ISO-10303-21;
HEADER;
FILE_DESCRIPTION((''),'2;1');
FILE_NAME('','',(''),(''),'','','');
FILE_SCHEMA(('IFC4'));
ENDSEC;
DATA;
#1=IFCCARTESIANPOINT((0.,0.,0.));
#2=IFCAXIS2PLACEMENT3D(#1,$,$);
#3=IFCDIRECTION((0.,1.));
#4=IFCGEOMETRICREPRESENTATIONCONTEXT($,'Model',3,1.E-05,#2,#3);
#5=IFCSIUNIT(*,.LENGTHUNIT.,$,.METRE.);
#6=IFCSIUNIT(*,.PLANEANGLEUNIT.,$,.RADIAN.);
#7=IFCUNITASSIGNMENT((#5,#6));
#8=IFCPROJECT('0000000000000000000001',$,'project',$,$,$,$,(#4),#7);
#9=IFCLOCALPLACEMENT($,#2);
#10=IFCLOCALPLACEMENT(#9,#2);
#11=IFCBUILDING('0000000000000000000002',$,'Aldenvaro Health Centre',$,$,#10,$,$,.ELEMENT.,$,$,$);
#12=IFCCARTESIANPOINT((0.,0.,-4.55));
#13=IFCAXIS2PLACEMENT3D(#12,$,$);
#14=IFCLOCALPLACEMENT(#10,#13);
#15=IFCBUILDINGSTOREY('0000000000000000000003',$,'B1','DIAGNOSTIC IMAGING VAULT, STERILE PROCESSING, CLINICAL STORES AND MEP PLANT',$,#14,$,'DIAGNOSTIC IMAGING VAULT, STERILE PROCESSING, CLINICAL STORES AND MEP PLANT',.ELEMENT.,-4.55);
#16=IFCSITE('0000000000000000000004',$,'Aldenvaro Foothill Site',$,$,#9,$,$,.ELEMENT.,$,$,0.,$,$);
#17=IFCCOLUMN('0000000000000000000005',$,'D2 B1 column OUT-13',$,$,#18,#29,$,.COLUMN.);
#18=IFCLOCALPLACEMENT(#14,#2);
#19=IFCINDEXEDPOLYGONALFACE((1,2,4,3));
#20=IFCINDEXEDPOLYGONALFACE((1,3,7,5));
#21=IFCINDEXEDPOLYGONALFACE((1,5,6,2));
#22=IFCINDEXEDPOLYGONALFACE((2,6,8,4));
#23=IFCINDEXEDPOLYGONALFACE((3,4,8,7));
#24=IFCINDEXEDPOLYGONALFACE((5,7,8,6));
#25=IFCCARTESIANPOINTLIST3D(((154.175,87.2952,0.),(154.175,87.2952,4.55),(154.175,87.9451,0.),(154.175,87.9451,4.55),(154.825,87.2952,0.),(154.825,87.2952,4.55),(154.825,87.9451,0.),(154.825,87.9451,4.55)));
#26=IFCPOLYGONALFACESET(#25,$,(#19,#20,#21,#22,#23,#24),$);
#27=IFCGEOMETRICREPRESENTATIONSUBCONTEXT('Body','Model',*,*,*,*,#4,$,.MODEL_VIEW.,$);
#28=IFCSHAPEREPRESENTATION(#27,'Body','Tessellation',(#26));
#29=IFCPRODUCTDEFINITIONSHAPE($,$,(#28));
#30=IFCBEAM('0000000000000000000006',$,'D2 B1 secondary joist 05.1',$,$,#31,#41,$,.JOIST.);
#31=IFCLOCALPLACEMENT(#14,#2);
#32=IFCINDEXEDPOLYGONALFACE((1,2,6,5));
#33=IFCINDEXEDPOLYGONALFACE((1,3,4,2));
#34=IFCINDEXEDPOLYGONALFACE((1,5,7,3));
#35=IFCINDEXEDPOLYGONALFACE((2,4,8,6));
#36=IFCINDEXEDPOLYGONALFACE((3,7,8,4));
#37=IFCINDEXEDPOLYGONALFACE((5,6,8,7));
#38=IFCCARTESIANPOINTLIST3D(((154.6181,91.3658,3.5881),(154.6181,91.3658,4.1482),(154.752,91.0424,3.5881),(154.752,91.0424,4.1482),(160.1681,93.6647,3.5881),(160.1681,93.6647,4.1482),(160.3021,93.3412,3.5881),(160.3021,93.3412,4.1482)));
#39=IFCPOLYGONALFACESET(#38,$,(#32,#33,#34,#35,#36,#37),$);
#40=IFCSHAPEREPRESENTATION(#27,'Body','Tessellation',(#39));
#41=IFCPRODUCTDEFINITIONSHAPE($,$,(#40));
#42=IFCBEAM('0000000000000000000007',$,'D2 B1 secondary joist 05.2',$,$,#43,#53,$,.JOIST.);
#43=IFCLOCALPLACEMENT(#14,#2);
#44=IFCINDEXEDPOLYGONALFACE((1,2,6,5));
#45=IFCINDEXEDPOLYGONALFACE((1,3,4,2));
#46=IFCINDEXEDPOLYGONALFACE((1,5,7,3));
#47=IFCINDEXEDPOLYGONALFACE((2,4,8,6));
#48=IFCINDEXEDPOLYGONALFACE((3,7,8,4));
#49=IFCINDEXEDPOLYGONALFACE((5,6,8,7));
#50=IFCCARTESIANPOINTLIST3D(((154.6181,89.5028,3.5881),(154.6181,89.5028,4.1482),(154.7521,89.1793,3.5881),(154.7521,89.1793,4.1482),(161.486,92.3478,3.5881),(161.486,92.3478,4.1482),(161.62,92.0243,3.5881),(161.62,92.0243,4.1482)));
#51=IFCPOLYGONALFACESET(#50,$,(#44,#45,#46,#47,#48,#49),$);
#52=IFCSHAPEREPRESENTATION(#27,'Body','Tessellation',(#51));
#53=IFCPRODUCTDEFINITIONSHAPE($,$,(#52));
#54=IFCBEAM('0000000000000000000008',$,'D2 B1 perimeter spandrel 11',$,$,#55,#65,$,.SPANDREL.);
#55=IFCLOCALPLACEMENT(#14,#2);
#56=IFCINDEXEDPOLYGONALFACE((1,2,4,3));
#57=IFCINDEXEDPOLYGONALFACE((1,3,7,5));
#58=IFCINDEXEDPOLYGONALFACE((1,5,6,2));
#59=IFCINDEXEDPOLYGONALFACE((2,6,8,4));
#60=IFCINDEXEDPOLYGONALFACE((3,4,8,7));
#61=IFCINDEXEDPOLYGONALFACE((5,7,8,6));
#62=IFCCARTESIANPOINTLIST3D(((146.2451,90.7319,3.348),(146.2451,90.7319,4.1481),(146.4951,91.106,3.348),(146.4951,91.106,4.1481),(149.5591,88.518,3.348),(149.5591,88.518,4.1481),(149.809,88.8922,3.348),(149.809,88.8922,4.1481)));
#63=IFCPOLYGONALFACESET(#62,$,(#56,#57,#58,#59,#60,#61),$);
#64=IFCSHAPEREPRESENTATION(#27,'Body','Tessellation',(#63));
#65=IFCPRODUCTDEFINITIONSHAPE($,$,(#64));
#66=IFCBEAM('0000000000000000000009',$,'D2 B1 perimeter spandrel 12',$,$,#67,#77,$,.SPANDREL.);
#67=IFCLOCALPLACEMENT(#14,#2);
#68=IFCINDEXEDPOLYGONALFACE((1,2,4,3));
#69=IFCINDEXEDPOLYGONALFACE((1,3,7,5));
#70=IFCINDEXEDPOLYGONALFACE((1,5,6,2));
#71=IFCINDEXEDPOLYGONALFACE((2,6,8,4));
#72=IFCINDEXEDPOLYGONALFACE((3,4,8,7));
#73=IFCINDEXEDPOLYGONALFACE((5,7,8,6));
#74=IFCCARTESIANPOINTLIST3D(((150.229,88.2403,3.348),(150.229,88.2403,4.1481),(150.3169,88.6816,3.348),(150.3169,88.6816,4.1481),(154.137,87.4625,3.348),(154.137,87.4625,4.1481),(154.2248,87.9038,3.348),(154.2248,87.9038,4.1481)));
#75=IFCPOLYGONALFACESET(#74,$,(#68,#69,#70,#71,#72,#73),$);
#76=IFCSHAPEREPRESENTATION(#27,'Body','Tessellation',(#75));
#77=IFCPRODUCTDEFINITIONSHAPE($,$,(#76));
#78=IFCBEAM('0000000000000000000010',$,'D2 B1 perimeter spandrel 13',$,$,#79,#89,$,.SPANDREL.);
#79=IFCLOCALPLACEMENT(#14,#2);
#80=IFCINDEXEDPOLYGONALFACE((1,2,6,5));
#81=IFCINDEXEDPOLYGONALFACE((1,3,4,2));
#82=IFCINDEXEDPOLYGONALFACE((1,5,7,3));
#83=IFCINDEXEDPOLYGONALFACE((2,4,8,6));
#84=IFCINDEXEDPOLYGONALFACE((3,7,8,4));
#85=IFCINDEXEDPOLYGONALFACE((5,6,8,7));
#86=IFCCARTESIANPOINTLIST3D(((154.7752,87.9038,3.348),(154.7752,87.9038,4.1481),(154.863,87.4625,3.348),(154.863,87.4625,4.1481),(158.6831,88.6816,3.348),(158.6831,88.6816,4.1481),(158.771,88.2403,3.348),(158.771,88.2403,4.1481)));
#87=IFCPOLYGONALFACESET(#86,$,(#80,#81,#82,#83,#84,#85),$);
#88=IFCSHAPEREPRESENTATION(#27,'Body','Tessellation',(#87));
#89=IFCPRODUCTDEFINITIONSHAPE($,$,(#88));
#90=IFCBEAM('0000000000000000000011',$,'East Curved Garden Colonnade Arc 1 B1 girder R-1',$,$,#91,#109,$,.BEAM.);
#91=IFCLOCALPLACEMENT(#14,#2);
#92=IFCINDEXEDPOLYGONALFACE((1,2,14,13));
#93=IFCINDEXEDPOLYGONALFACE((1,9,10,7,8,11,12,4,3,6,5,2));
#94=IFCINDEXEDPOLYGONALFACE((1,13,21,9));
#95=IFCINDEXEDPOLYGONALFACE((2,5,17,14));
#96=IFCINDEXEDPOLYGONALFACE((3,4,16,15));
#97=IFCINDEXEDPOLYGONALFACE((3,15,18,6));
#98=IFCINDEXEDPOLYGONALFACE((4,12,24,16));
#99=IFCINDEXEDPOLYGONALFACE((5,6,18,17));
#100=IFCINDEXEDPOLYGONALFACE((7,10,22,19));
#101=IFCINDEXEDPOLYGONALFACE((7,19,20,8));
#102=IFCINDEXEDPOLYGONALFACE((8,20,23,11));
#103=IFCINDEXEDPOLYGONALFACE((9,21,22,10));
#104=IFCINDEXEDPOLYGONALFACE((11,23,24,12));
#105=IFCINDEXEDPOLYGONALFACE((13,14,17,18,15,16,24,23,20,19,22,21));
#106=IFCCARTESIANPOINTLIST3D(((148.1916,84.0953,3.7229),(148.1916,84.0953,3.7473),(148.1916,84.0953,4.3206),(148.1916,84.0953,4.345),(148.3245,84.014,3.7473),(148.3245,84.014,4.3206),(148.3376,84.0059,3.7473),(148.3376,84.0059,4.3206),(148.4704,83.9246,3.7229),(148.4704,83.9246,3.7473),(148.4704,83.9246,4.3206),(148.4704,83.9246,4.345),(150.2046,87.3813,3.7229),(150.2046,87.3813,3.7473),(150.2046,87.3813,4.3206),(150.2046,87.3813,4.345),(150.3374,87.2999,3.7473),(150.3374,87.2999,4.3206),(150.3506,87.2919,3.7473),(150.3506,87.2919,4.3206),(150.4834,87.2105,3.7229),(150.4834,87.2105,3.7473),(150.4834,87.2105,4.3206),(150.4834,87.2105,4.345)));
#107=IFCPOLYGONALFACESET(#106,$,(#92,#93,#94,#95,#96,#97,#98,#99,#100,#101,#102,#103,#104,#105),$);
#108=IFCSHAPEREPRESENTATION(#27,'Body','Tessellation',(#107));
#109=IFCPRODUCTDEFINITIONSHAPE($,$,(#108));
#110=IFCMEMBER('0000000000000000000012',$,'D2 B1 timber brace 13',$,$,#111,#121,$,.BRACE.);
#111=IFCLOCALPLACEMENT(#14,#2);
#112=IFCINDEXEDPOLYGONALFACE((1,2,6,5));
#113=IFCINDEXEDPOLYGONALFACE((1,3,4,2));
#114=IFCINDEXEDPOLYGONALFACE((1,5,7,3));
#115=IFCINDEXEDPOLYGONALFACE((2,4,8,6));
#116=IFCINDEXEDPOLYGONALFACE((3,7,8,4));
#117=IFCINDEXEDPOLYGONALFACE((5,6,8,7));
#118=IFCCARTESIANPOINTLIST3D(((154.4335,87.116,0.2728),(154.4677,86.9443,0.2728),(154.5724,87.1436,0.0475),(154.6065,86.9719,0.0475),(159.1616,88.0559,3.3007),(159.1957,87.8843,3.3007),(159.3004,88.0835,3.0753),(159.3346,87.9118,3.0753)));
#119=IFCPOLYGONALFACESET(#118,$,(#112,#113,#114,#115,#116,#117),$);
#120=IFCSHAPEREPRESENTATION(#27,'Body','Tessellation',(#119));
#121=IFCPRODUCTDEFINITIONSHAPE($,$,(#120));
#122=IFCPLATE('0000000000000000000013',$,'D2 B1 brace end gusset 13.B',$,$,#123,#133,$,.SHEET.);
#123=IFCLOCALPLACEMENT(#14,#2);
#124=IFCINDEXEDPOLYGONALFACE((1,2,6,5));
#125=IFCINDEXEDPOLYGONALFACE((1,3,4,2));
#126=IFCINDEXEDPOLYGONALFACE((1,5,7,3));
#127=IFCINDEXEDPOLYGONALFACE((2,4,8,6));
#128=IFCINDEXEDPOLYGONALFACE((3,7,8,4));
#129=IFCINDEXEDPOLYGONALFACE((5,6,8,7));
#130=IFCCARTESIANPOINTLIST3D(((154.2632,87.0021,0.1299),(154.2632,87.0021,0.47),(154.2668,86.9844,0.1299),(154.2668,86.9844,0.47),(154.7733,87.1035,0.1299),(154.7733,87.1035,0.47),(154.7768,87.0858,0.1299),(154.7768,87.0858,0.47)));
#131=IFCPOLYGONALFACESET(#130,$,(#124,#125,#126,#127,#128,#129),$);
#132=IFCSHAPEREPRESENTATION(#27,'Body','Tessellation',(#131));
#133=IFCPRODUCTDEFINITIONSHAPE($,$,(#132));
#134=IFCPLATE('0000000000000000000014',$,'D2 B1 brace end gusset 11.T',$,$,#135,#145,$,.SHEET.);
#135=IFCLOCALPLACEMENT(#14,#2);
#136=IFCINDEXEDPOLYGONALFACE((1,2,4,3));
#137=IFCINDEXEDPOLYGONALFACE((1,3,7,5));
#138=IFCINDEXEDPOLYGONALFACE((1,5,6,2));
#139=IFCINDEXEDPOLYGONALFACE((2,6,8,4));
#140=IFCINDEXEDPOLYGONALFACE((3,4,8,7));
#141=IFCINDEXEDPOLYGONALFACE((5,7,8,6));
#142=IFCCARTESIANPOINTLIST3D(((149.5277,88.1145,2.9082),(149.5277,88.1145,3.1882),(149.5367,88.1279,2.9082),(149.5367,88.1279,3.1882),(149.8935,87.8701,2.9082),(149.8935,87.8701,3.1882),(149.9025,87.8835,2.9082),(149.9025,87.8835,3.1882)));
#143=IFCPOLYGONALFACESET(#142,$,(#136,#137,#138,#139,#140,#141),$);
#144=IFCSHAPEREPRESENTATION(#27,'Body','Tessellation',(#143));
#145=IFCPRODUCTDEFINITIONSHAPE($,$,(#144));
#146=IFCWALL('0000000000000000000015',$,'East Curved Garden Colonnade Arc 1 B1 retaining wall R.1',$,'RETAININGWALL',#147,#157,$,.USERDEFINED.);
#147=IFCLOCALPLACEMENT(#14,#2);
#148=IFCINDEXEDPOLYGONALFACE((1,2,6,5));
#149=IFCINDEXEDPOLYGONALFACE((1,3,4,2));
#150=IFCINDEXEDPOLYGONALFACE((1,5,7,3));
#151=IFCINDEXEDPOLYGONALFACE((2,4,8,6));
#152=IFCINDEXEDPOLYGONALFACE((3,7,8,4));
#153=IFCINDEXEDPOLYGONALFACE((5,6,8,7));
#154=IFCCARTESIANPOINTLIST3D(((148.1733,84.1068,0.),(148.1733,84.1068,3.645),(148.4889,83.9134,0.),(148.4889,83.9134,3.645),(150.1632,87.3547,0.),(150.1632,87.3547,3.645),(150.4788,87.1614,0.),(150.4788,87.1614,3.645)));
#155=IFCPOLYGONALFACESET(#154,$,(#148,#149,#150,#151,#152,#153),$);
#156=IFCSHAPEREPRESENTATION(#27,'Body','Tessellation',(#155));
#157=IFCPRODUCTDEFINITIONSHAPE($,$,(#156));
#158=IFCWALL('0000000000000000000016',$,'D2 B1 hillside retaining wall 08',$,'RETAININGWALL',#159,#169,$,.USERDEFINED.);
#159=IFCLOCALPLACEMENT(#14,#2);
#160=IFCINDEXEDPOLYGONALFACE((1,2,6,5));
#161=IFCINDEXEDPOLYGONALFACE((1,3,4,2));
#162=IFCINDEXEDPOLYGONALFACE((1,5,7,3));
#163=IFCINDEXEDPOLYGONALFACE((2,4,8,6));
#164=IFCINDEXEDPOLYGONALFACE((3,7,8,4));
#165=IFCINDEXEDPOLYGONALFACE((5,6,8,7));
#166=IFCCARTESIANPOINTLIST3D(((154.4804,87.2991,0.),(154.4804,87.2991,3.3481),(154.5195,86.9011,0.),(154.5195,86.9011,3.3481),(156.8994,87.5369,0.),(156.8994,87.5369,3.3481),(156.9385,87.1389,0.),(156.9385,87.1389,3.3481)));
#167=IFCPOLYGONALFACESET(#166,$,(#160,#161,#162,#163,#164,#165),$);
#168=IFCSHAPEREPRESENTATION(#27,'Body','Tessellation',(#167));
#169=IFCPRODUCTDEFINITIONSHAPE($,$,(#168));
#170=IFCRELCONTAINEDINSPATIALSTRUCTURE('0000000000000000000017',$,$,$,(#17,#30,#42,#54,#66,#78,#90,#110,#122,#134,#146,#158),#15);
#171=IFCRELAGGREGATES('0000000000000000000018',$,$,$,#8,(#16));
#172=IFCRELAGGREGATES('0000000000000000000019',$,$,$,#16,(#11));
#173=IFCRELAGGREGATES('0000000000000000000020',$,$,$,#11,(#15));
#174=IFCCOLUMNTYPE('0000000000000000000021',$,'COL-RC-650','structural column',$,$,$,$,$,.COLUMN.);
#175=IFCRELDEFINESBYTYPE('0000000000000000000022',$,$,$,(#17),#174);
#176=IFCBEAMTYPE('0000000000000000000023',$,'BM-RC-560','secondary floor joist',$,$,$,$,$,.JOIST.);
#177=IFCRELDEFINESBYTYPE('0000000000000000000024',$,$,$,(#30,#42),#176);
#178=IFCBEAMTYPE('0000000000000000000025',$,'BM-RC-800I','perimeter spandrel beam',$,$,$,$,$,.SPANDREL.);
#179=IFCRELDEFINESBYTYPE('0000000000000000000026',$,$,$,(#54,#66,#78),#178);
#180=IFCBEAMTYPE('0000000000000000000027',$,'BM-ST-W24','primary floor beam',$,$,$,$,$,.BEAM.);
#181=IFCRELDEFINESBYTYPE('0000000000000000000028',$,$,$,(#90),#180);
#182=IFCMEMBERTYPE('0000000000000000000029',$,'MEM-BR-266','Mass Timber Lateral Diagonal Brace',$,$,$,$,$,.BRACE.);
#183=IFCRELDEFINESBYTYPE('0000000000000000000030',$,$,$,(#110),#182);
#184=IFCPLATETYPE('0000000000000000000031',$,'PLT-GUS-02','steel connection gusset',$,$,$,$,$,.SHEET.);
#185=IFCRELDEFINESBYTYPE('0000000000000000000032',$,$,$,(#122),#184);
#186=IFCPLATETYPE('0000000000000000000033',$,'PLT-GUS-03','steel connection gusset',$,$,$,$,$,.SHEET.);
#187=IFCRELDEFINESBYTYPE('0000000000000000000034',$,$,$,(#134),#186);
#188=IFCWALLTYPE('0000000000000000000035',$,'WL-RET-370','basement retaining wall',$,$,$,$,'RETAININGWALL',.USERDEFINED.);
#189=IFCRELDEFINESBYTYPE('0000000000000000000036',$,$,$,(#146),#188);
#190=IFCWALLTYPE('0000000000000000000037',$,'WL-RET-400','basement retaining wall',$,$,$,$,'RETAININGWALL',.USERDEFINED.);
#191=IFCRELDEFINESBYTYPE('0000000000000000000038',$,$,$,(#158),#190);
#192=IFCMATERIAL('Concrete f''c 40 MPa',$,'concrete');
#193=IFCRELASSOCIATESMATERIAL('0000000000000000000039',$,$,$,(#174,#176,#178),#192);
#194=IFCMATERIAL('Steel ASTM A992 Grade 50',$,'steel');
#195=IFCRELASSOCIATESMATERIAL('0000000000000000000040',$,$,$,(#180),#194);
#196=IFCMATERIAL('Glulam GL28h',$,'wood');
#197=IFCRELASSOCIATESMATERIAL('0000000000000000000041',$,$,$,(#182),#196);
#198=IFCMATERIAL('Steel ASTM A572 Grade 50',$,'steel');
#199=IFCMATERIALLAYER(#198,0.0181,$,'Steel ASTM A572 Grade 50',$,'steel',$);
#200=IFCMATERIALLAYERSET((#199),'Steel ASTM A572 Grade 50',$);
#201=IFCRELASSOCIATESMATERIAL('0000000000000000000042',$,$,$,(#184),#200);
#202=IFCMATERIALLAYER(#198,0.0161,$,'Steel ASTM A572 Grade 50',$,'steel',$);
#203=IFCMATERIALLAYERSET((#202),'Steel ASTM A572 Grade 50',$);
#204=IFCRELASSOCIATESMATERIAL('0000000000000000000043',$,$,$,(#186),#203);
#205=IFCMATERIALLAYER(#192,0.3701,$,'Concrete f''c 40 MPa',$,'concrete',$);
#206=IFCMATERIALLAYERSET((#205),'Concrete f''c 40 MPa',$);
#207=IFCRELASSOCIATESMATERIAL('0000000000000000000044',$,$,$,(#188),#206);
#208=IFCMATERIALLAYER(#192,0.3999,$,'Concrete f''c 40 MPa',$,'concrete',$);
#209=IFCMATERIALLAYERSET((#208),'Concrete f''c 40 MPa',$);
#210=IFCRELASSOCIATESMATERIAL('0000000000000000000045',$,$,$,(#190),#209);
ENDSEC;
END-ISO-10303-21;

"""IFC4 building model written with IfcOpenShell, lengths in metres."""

from ifc_helpers import new_model, si_unit, direction, frame, frame_2d, origin, origin_2d, place, context, subcontext, project, spatial, rectangle, i_section, extrude, material, layer, layer_set, material_profile, profile_set, type_object, element, save


model = new_model("IFC4")

# Units and contexts
model_context = context("Model", 3, precision=1e-05, world=origin(), true_north=direction((0.0, 1.0)))
body_context = subcontext(model_context, "Body", "Model", "MODEL_VIEW")
ifc_project = project(units=[si_unit("LENGTHUNIT", "METRE"), si_unit("PLANEANGLEUNIT", "RADIAN")], contexts=[model_context])

# Site, building, storey
site_placement = place(None, origin())
site = spatial("IfcSite", under=ifc_project, at=site_placement, Name="Aldenvaro Foothill Site", CompositionType="ELEMENT", RefElevation=0.0)
building_placement = place(site_placement, origin())
building = spatial("IfcBuilding", under=site, at=building_placement, Name="Aldenvaro Health Centre", CompositionType="ELEMENT")
storey_placement = place(building_placement, frame((0.0, 0.0, -4.55)))
storey = spatial("IfcBuildingStorey", under=building, at=storey_placement, Name="B1", Description="DIAGNOSTIC IMAGING VAULT, STERILE PROCESSING, CLINICAL STORES AND MEP PLANT", LongName="DIAGNOSTIC IMAGING VAULT, STERILE PROCESSING, CLINICAL STORES AND MEP PLANT", CompositionType="ELEMENT", Elevation=-4.55)

# Shared definitions
ifc_material_1 = material(Name="Concrete f'c 40 MPa", Category="concrete")

# Column
ifc_material_profile_1 = material_profile(ifc_material_1, rectangle(XDim=0.6499, YDim=0.6499, at=origin_2d()), Name="RC 650x650", Category="concrete")
ifc_profile_set_1 = profile_set([ifc_material_profile_1], Name="Concrete f'c 40 MPa")
column_type_1 = type_object("IfcColumnType", Name="COL-RC-650", Description="structural column", PredefinedType="COLUMN", material=ifc_profile_set_1)
for number, where, z_axis, x_axis, name in (
    (1, (154.5, 87.6201, 0.0), (0.0, 0.0, 1.0), (1.0, 0.0, 0.0), "D2 B1 column OUT-13"),
):
    element("IfcColumn", number, at=place(storey_placement, frame(where, z_axis=z_axis, x_axis=x_axis)), inside=storey, type_object=column_type_1, Name=name, PredefinedType="COLUMN", context=body_context, shape_type="SweptSolid", body=[
        extrude(rectangle(XDim=0.6499, YDim=0.6499, at=origin_2d()), origin(), (0.0, 0.0, 1.0), 4.55),
    ])

# Beams
ifc_material_profile_2 = material_profile(ifc_material_1, rectangle(XDim=0.3501, YDim=0.5601, at=origin_2d()), Name="RC 350x560", Category="concrete")
ifc_profile_set_2 = profile_set([ifc_material_profile_2], Name="Concrete f'c 40 MPa")
beam_type_1 = type_object("IfcBeamType", Name="BM-RC-560", Description="secondary floor joist", PredefinedType="JOIST", material=ifc_profile_set_2)
beam_1_placement = place(storey_placement, frame((154.6851, 91.2041, 3.8682), z_axis=(0.923884, 0.382672, 0.0), x_axis=(-0.382672, 0.923884, 0.0)))
element("IfcBeam", 2, at=beam_1_placement, inside=storey, type_object=beam_type_1, Name="D2 B1 secondary joist 05.1", PredefinedType="JOIST", context=body_context, shape_type="SweptSolid", body=[
    extrude(rectangle(XDim=0.3501, YDim=0.5601, at=origin_2d()), origin(), (0.0, 0.0, 1.0), 6.0073),
])
beam_2_placement = place(storey_placement, frame((154.6851, 89.3411, 3.8682), z_axis=(0.923871, 0.382705, 0.0), x_axis=(-0.382705, 0.923871, 0.0)))
element("IfcBeam", 3, at=beam_2_placement, inside=storey, type_object=beam_type_1, Name="D2 B1 secondary joist 05.2", PredefinedType="JOIST", context=body_context, shape_type="SweptSolid", body=[
    extrude(rectangle(XDim=0.3501, YDim=0.5601, at=origin_2d()), origin(), (0.0, 0.0, 1.0), 7.4338),
])
ifc_material_profile_3 = material_profile(ifc_material_1, rectangle(XDim=0.45, YDim=0.8, at=origin_2d()), Name="RC 450x800", Category="concrete")
ifc_profile_set_3 = profile_set([ifc_material_profile_3], Name="Concrete f'c 40 MPa")
beam_type_2 = type_object("IfcBeamType", Name="BM-RC-800I", Description="perimeter spandrel beam", PredefinedType="SPANDREL", material=ifc_profile_set_3)
beam_3_placement = place(storey_placement, frame((146.3701, 90.9189, 3.748), z_axis=(0.831522, -0.555492, 0.0), x_axis=(0.555492, 0.831522, 0.0)))
element("IfcBeam", 4, at=beam_3_placement, inside=storey, type_object=beam_type_2, Name="D2 B1 perimeter spandrel 11", PredefinedType="SPANDREL", context=body_context, shape_type="SweptSolid", body=[
    extrude(rectangle(XDim=0.45, YDim=0.8, at=origin_2d()), origin(), (0.0, 0.0, 1.0), 3.9854),
])
for number, where, z_axis, x_axis, name in (
    (5, (150.2729, 88.4609, 3.748), (0.980762, -0.195209, 0.0), (0.195209, 0.980762, 0.0), "D2 B1 perimeter spandrel 12"),
    (6, (154.8191, 87.6831, 3.748), (0.980762, 0.195209, 0.0), (-0.195209, 0.980762, 0.0), "D2 B1 perimeter spandrel 13"),
):
    element("IfcBeam", number, at=place(storey_placement, frame(where, z_axis=z_axis, x_axis=x_axis)), inside=storey, type_object=beam_type_2, Name=name, PredefinedType="SPANDREL", context=body_context, shape_type="SweptSolid", body=[
        extrude(rectangle(XDim=0.45, YDim=0.8, at=origin_2d()), origin(), (0.0, 0.0, 1.0), 3.9846),
    ])
ifc_material_2 = material(Name="Steel ASTM A992 Grade 50", Category="steel")
ifc_material_profile_4 = material_profile(ifc_material_2, i_section(OverallWidth=0.3269, OverallDepth=0.6221, WebThickness=0.0154, FlangeThickness=0.0244, at=origin_2d()), Name="W24X131", Category="steel")
ifc_profile_set_4 = profile_set([ifc_material_profile_4], Name="Steel ASTM A992 Grade 50")
beam_type_3 = type_object("IfcBeamType", Name="BM-ST-W24", Description="primary floor beam", PredefinedType="BEAM", material=ifc_profile_set_4)
beam_4_placement = place(storey_placement, frame((150.344, 87.2959, 4.0339), z_axis=(-0.522375, -0.852716, 0.0), x_axis=(0.852716, -0.522375, 0.0)))
element("IfcBeam", 7, at=beam_4_placement, inside=storey, type_object=beam_type_3, Name="East Curved Garden Colonnade Arc 1 B1 girder R-1", PredefinedType="BEAM", context=body_context, shape_type="SweptSolid", body=[
    extrude(i_section(OverallWidth=0.3269, OverallDepth=0.6221, WebThickness=0.0154, FlangeThickness=0.0244, at=origin_2d()), origin(), (0.0, 0.0, 1.0), 3.8535),
])

# Member
ifc_material_3 = material(Name="Glulam GL28h", Category="wood")
ifc_material_profile_5 = material_profile(ifc_material_3, rectangle(XDim=0.175, YDim=0.2661, at=origin_2d()), Name="GL 175x266", Category="wood")
ifc_profile_set_5 = profile_set([ifc_material_profile_5], Name="Glulam GL28h")
member_type = type_object("IfcMemberType", Name="MEM-BR-266", Description="Mass Timber Lateral Diagonal Brace", PredefinedType="BRACE", material=ifc_profile_set_5)
member_placement = place(storey_placement, frame((154.52, 87.0439, 0.1602), z_axis=(0.830559, 0.165117, 0.531891), x_axis=(-0.194986, 0.980806, 0.0)))
element("IfcMember", 8, at=member_placement, inside=storey, type_object=member_type, Name="D2 B1 timber brace 13", PredefinedType="BRACE", context=body_context, shape_type="SweptSolid", body=[
    extrude(rectangle(XDim=0.175, YDim=0.2661, at=origin_2d()), origin(), (0.0, 0.0, 1.0), 5.6926),
])

# Plates
ifc_material_4 = material(Name="Steel ASTM A572 Grade 50", Category="steel")
ifc_layer_1 = layer(ifc_material_4, 0.0181, Name="Steel ASTM A572 Grade 50", Category="steel")
ifc_layer_set_1 = layer_set([ifc_layer_1], Name="Steel ASTM A572 Grade 50")
plate_type_1 = type_object("IfcPlateType", Name="PLT-GUS-02", Description="steel connection gusset", PredefinedType="SHEET", material=ifc_layer_set_1)
plate_1_placement = place(storey_placement, frame((154.52, 87.0439, 0.1299), z_axis=(0.0, 0.0, 1.0), x_axis=(0.980802, 0.195005, 0.0)))
element("IfcPlate", 9, at=plate_1_placement, inside=storey, type_object=plate_type_1, Name="D2 B1 brace end gusset 13.B", PredefinedType="SHEET", context=body_context, shape_type="SweptSolid", body=[
    extrude(rectangle(XDim=0.52, YDim=0.0181, at=origin_2d()), origin(), (0.0, 0.0, 1.0), 0.3401),
])
ifc_layer_2 = layer(ifc_material_4, 0.0161, Name="Steel ASTM A572 Grade 50", Category="steel")
ifc_layer_set_2 = layer_set([ifc_layer_2], Name="Steel ASTM A572 Grade 50")
plate_type_2 = type_object("IfcPlateType", Name="PLT-GUS-03", Description="steel connection gusset", PredefinedType="SHEET", material=ifc_layer_set_2)
plate_2_placement = place(storey_placement, frame((149.7151, 87.999, 2.9082), z_axis=(0.0, 0.0, 1.0), x_axis=(0.831441, -0.555614, 0.0)))
element("IfcPlate", 10, at=plate_2_placement, inside=storey, type_object=plate_type_2, Name="D2 B1 brace end gusset 11.T", PredefinedType="SHEET", context=body_context, shape_type="SweptSolid", body=[
    extrude(rectangle(XDim=0.4399, YDim=0.0161, at=origin_2d()), origin(), (0.0, 0.0, 1.0), 0.28),
])

# Walls
ifc_layer_3 = layer(ifc_material_1, 0.3701, Name="Concrete f'c 40 MPa", Category="concrete")
ifc_layer_set_3 = layer_set([ifc_layer_3], Name="Concrete f'c 40 MPa")
wall_type_1 = type_object("IfcWallType", Name="WL-RET-370", Description="basement retaining wall", ElementType="RETAININGWALL", PredefinedType="USERDEFINED", material=ifc_layer_set_3)
wall_placement = place(storey_placement, frame((150.321, 87.2581, 0.0), z_axis=(0.0, 0.0, 1.0), x_axis=(-0.522419, -0.852689, 0.0)))
element("IfcWall", 11, at=wall_placement, inside=storey, type_object=wall_type_1, Name="East Curved Garden Colonnade Arc 1 B1 retaining wall R.1", ObjectType="RETAININGWALL", PredefinedType="USERDEFINED", context=body_context, shape_type="SweptSolid", body=[
    extrude(rectangle(XDim=3.8091, YDim=0.3701, at=frame_2d((1.9045, 0.0))), origin(), (0.0, 0.0, 1.0), 3.645),
])
ifc_layer_4 = layer(ifc_material_1, 0.3999, Name="Concrete f'c 40 MPa", Category="concrete")
ifc_layer_set_4 = layer_set([ifc_layer_4], Name="Concrete f'c 40 MPa")
wall_type_2 = type_object("IfcWallType", Name="WL-RET-400", Description="basement retaining wall", ElementType="RETAININGWALL", PredefinedType="USERDEFINED", material=ifc_layer_set_4)
for number, where, z_axis, x_axis, name in (
    (12, (156.9189, 87.3379, 0.0), (0.0, 0.0, 1.0), (-0.995203, -0.097833, 0.0), "D2 B1 hillside retaining wall 08"),
):
    element("IfcWall", number, at=place(storey_placement, frame(where, z_axis=z_axis, x_axis=x_axis)), inside=storey, type_object=wall_type_2, Name=name, ObjectType="RETAININGWALL", PredefinedType="USERDEFINED", context=body_context, shape_type="SweptSolid", body=[
        extrude(rectangle(XDim=2.4307, YDim=0.3999, at=frame_2d((1.2153, 0.0))), origin(), (0.0, 0.0, 1.0), 3.3481),
    ])

save(model, "model.ifc")
